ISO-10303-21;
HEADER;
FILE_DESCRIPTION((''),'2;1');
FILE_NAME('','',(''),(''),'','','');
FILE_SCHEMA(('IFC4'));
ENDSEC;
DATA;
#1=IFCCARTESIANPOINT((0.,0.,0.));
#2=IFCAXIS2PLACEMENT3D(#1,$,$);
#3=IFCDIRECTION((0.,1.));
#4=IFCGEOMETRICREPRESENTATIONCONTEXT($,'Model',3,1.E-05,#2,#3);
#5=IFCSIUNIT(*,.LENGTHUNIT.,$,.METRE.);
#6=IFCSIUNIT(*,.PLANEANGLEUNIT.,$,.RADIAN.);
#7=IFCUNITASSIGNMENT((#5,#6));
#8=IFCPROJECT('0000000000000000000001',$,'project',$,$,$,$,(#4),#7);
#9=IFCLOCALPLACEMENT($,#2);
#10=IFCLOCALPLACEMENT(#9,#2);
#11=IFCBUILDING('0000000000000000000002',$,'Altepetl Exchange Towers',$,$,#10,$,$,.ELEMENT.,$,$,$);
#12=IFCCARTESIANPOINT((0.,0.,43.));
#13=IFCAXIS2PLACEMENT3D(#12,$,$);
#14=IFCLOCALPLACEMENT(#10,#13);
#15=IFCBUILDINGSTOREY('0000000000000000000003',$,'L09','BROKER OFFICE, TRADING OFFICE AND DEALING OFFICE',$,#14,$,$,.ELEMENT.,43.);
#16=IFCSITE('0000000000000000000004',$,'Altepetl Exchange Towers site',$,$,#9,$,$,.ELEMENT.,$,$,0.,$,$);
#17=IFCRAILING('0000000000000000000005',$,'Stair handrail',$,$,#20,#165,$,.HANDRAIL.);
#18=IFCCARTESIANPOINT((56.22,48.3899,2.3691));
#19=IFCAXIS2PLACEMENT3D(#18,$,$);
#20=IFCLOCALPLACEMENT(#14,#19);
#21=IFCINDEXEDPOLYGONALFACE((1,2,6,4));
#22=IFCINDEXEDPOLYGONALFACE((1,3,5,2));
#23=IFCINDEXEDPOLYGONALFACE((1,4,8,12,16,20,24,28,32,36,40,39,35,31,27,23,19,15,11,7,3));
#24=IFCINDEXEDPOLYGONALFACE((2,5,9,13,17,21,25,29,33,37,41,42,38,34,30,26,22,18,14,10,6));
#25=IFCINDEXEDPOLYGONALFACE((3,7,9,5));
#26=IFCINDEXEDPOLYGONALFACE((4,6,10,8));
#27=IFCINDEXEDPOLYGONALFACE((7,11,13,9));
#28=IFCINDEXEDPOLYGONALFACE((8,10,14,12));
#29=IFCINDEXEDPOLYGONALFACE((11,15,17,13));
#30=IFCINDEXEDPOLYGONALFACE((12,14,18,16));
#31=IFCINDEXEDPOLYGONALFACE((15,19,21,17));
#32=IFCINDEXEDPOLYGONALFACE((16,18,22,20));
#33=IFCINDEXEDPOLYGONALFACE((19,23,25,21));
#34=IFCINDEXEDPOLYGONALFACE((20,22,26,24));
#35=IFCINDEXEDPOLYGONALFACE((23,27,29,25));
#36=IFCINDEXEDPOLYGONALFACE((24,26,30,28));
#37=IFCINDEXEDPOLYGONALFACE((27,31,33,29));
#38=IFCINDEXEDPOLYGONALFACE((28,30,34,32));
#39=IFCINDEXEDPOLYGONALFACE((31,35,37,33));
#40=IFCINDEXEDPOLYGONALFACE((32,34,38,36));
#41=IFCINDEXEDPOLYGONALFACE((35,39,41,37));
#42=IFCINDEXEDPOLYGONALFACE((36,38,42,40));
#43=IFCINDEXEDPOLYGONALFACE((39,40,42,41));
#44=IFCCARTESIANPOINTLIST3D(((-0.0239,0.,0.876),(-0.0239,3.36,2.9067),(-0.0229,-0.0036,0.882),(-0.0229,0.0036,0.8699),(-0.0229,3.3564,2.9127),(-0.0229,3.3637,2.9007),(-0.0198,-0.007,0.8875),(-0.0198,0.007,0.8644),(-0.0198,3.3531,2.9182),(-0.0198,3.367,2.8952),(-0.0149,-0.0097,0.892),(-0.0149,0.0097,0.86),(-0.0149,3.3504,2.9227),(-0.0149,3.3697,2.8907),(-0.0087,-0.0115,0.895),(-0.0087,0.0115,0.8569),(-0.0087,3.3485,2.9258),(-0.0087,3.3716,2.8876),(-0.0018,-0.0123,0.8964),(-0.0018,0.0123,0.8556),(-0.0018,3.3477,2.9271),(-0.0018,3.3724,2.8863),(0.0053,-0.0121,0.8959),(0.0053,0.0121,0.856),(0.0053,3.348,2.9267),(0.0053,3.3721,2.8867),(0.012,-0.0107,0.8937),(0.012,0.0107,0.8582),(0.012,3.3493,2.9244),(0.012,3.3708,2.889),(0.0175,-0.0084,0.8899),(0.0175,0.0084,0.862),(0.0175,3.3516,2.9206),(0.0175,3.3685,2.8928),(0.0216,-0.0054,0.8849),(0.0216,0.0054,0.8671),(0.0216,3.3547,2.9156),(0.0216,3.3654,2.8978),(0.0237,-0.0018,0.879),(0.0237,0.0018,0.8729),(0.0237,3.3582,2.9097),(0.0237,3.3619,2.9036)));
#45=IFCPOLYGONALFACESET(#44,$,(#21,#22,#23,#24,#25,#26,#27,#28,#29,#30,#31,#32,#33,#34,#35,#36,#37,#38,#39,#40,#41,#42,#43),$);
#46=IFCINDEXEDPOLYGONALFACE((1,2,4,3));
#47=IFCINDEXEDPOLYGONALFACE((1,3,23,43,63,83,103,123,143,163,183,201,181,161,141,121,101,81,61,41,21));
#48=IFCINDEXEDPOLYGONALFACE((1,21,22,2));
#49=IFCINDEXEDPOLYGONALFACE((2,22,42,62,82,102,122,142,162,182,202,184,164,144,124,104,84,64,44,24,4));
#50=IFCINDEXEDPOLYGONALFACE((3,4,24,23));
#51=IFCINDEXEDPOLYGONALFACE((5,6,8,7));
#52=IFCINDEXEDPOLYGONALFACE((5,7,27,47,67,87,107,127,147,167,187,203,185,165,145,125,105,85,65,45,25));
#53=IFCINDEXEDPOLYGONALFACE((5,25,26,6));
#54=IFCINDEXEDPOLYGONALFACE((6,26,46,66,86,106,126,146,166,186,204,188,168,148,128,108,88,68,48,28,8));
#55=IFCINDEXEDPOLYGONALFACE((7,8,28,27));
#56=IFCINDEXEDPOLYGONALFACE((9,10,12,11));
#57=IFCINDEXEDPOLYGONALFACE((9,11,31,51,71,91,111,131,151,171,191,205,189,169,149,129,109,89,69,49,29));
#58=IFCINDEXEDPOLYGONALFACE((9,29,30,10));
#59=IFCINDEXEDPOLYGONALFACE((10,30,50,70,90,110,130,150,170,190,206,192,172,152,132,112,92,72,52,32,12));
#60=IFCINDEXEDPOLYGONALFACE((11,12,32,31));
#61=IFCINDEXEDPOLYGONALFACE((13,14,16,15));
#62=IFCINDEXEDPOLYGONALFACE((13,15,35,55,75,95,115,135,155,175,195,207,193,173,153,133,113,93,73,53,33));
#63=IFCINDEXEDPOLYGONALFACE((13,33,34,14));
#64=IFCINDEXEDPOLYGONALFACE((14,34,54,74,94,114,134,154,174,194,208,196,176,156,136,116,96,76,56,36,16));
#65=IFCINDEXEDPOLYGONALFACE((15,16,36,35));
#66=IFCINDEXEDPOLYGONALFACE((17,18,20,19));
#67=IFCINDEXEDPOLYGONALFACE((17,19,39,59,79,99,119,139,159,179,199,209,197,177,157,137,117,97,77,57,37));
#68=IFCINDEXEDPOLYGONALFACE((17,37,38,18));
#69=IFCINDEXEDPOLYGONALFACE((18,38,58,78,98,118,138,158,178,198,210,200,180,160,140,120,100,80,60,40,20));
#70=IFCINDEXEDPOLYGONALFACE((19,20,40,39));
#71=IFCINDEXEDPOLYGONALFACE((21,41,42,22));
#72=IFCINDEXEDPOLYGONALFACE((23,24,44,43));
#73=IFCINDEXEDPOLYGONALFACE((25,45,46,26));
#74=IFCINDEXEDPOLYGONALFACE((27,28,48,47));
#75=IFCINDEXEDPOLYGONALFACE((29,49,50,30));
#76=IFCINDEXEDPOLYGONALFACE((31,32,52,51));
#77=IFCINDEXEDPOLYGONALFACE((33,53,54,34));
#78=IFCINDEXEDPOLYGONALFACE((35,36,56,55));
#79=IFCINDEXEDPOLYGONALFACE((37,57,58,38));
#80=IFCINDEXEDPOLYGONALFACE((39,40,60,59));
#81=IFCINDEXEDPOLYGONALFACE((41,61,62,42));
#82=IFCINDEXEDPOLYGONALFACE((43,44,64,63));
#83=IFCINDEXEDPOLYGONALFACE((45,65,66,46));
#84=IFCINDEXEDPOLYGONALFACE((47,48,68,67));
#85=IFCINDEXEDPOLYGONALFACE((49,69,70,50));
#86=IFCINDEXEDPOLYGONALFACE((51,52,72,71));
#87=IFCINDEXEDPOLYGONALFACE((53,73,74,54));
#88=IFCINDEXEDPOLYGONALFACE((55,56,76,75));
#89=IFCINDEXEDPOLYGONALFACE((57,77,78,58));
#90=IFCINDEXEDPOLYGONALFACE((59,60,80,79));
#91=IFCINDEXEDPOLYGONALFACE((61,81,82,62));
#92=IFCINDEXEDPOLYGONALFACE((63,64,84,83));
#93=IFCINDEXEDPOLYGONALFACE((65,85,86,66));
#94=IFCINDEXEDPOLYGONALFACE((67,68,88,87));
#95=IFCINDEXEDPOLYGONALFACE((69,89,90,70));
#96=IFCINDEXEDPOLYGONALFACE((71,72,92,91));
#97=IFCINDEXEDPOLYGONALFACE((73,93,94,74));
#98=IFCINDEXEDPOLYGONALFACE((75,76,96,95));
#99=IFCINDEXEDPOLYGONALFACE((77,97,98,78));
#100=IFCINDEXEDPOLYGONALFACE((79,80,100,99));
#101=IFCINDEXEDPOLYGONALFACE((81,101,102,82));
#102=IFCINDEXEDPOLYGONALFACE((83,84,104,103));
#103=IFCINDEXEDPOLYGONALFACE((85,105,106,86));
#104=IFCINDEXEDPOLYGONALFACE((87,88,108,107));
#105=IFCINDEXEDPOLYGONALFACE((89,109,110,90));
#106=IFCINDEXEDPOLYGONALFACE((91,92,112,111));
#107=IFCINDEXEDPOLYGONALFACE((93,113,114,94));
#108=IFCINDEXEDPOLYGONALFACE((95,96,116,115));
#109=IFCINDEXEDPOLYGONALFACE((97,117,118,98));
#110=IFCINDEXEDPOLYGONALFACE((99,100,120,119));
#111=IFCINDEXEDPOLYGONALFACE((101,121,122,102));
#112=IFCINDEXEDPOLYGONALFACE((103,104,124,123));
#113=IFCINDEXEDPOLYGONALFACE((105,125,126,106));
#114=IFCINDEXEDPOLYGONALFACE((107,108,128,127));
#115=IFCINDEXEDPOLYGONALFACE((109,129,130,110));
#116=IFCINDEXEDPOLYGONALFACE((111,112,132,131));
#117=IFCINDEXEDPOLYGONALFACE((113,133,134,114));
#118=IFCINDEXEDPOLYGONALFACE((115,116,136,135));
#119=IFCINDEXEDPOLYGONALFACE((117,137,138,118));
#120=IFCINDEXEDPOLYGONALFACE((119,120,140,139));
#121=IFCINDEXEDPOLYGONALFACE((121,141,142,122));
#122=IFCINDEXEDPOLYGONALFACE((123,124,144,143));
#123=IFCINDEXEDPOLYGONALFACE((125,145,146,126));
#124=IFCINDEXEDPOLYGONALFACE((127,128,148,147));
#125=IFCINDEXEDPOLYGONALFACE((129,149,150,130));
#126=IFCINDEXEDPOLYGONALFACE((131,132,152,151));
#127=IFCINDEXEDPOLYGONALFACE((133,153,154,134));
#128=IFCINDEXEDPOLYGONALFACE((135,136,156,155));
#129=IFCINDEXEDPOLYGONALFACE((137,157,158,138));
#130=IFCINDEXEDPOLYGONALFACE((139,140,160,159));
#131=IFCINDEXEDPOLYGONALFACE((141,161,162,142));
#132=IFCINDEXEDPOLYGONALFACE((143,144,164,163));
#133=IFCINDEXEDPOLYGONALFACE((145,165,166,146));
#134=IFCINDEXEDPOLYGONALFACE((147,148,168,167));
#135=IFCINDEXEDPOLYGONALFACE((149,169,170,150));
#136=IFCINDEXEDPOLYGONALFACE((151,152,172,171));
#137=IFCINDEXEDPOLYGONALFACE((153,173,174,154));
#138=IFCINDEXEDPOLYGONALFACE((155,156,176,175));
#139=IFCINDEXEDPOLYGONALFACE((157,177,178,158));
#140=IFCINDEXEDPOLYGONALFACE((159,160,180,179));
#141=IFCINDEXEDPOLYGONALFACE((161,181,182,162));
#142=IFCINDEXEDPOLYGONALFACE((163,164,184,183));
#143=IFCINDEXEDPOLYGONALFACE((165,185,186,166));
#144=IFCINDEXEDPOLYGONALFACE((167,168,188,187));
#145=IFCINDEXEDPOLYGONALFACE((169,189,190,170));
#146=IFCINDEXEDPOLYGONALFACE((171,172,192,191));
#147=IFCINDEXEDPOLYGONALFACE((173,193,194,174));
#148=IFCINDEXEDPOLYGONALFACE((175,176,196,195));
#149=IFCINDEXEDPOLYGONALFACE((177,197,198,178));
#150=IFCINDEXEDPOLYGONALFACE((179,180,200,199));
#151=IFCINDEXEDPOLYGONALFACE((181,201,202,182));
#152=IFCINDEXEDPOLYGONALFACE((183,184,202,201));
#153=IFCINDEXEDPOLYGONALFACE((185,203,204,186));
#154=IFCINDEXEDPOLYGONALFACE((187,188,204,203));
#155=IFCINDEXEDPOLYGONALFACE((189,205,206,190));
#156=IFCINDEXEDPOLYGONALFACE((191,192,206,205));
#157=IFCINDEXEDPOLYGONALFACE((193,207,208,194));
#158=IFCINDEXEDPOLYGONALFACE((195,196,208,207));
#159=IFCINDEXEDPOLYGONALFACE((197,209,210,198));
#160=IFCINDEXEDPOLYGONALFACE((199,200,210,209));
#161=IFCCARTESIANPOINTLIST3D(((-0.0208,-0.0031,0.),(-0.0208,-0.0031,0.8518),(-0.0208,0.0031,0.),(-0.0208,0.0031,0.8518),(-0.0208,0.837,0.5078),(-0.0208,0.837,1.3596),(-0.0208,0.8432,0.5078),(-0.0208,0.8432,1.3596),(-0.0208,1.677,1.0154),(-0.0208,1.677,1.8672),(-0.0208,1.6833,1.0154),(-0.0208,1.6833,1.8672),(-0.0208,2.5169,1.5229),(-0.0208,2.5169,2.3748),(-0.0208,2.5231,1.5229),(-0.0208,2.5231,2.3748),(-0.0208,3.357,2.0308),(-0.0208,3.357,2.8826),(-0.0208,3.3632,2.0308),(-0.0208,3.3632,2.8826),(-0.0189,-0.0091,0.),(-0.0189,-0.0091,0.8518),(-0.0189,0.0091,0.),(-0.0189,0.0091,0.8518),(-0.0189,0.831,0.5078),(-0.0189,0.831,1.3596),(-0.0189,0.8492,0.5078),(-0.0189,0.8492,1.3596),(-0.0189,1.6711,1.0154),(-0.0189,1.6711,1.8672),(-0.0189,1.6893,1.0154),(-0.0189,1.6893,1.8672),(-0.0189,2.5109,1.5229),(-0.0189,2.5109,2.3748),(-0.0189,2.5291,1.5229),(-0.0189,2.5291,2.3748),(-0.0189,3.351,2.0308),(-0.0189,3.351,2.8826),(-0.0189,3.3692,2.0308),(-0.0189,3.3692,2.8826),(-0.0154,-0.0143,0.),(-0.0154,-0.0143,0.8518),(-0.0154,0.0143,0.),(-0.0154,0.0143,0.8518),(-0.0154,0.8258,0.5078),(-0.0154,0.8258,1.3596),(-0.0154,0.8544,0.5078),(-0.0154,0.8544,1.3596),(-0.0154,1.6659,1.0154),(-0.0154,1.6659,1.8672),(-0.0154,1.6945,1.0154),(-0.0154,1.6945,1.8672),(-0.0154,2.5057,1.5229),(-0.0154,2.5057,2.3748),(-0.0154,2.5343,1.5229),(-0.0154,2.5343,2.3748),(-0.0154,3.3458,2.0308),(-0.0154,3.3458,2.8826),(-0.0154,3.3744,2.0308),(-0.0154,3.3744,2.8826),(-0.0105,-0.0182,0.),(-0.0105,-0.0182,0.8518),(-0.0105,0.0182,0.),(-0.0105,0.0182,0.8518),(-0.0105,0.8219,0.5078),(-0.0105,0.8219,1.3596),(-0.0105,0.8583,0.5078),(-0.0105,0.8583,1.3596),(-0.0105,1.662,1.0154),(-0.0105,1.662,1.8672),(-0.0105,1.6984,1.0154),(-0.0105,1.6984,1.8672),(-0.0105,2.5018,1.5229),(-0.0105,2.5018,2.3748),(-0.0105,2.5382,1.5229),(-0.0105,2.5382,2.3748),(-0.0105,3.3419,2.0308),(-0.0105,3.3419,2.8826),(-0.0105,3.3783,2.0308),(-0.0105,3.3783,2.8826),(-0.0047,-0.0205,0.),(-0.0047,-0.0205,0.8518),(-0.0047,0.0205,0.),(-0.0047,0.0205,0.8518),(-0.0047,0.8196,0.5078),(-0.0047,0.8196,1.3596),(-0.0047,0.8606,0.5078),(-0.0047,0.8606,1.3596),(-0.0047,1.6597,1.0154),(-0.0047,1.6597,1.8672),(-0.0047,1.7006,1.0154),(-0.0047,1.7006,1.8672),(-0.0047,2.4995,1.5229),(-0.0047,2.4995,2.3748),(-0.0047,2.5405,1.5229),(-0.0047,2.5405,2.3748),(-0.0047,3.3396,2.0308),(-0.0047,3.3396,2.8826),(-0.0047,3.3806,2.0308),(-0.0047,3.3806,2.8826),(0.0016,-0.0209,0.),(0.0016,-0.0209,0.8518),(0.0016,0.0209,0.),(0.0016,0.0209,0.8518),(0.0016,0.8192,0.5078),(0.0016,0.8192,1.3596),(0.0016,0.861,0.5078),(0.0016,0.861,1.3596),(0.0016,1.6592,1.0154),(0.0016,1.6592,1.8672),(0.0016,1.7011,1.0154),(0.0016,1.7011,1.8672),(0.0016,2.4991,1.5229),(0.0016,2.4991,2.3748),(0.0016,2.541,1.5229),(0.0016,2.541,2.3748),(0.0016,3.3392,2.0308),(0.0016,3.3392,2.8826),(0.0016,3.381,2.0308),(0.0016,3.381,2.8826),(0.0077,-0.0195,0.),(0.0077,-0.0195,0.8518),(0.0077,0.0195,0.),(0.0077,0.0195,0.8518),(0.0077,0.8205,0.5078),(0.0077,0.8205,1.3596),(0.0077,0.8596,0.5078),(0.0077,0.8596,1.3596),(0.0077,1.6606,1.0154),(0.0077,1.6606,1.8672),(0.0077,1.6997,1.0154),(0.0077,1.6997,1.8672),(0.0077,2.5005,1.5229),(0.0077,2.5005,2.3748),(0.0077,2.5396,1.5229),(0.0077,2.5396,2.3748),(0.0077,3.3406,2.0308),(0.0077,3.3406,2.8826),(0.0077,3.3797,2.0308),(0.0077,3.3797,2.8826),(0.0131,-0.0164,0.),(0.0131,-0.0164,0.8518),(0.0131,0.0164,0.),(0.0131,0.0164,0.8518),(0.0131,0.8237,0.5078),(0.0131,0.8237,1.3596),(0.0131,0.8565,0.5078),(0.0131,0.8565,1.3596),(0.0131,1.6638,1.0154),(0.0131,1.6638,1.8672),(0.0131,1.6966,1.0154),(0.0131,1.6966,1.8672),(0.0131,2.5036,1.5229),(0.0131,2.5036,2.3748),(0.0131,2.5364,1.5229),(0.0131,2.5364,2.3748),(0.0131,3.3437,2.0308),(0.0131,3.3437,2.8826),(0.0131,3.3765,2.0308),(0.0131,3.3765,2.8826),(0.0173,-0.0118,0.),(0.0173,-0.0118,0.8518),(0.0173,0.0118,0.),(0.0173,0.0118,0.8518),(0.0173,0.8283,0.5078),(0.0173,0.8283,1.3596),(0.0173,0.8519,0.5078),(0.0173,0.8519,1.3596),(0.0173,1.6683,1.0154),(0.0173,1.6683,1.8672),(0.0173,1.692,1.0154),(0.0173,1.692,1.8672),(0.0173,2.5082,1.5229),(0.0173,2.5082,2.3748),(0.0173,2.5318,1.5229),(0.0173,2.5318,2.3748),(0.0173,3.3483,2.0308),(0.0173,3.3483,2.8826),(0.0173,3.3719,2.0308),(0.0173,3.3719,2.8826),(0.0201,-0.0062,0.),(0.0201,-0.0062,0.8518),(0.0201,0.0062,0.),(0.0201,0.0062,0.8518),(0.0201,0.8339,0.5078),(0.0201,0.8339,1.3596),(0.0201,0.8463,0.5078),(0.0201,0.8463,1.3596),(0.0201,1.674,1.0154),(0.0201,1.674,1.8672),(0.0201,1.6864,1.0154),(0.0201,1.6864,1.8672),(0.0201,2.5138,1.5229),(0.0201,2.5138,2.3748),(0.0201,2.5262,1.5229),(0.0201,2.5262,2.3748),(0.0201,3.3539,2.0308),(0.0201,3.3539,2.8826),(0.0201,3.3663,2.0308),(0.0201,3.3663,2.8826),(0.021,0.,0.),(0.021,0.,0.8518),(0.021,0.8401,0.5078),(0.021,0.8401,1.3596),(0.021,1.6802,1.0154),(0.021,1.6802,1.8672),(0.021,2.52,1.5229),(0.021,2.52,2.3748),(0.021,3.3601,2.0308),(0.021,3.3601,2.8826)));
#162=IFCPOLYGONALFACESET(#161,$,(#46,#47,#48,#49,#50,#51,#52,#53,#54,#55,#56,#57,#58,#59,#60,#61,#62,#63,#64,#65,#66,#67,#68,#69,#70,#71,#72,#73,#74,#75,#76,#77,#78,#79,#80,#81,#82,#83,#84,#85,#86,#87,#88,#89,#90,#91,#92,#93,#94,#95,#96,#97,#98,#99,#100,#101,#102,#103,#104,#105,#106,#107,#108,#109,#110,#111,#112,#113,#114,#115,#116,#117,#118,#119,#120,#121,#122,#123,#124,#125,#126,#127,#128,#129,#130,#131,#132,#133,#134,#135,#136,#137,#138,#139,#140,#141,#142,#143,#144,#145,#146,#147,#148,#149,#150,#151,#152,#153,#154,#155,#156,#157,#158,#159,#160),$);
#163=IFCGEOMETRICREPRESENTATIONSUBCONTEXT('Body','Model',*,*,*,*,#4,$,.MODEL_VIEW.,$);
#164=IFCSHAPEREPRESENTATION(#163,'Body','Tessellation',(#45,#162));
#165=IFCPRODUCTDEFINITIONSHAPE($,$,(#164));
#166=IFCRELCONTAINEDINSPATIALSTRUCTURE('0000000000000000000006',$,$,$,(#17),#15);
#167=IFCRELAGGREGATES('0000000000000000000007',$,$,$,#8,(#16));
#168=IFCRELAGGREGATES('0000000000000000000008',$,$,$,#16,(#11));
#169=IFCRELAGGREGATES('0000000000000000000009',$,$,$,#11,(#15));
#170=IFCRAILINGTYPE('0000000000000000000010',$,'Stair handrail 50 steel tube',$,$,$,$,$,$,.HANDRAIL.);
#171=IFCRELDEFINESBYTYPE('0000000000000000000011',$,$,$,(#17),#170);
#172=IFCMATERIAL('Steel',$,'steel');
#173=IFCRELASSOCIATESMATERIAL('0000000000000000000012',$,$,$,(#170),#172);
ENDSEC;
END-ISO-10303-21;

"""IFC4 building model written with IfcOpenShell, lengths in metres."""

from ifc_helpers import new_model, si_unit, direction, frame, origin, origin_2d, place, context, subcontext, project, spatial, circle, extrude, source, transform, mapped, material, type_object, element, save


model = new_model("IFC4")

# Units and contexts
model_context = context("Model", 3, precision=1e-05, world=origin(), true_north=direction((0.0, 1.0)))
body_context = subcontext(model_context, "Body", "Model", "MODEL_VIEW")
ifc_project = project(units=[si_unit("LENGTHUNIT", "METRE"), si_unit("PLANEANGLEUNIT", "RADIAN")], contexts=[model_context])

# Site, building, storey
site_placement = place(None, origin())
site = spatial("IfcSite", under=ifc_project, at=site_placement, Name="Altepetl Exchange Towers site", CompositionType="ELEMENT", RefElevation=0.0)
building_placement = place(site_placement, origin())
building = spatial("IfcBuilding", under=site, at=building_placement, Name="Altepetl Exchange Towers", CompositionType="ELEMENT")
storey_placement = place(building_placement, frame((0.0, 0.0, 43.0)))
storey = spatial("IfcBuildingStorey", under=building, at=storey_placement, Name="L09", Description="BROKER OFFICE, TRADING OFFICE AND DEALING OFFICE", CompositionType="ELEMENT", Elevation=43.0)

# Railing
ifc_material_1 = material(Name="Steel", Category="steel")
railing_type = type_object("IfcRailingType", Name="Stair handrail 50 steel tube", PredefinedType="HANDRAIL", material=ifc_material_1)
shared_shape = source(origin(), body_context, "Body", "SweptSolid", [
    extrude(circle(Radius=0.021, at=origin_2d()), origin(), (0.0, 0.0, 1.0), 0.8518),
])
railing_1_placement = place(storey_placement, frame((56.22, 48.3899, 2.3691)))
element("IfcRailing", 1, at=railing_1_placement, inside=storey, type_object=railing_type, Name="Stair handrail", PredefinedType="HANDRAIL", context=body_context, shape_type="SweptSolid", body=[
    extrude(circle(Radius=0.0239, at=origin_2d()), frame((0.0, 0.0, 0.876), z_axis=(0.0, 0.855837, 0.517246), x_axis=(-1.0, 0.0, 0.0)), (0.0, 0.0, 1.0), 3.926),
    mapped(shared_shape, transform((0.0, 0.0, 0.0))),
    mapped(shared_shape, transform((0.0, 0.8401, 0.5078))),
    mapped(shared_shape, transform((0.0, 1.6802, 1.0154))),
    mapped(shared_shape, transform((0.0, 2.52, 1.5229))),
    mapped(shared_shape, transform((0.0, 3.3601, 2.0308))),
])

save(model, "model.ifc")
